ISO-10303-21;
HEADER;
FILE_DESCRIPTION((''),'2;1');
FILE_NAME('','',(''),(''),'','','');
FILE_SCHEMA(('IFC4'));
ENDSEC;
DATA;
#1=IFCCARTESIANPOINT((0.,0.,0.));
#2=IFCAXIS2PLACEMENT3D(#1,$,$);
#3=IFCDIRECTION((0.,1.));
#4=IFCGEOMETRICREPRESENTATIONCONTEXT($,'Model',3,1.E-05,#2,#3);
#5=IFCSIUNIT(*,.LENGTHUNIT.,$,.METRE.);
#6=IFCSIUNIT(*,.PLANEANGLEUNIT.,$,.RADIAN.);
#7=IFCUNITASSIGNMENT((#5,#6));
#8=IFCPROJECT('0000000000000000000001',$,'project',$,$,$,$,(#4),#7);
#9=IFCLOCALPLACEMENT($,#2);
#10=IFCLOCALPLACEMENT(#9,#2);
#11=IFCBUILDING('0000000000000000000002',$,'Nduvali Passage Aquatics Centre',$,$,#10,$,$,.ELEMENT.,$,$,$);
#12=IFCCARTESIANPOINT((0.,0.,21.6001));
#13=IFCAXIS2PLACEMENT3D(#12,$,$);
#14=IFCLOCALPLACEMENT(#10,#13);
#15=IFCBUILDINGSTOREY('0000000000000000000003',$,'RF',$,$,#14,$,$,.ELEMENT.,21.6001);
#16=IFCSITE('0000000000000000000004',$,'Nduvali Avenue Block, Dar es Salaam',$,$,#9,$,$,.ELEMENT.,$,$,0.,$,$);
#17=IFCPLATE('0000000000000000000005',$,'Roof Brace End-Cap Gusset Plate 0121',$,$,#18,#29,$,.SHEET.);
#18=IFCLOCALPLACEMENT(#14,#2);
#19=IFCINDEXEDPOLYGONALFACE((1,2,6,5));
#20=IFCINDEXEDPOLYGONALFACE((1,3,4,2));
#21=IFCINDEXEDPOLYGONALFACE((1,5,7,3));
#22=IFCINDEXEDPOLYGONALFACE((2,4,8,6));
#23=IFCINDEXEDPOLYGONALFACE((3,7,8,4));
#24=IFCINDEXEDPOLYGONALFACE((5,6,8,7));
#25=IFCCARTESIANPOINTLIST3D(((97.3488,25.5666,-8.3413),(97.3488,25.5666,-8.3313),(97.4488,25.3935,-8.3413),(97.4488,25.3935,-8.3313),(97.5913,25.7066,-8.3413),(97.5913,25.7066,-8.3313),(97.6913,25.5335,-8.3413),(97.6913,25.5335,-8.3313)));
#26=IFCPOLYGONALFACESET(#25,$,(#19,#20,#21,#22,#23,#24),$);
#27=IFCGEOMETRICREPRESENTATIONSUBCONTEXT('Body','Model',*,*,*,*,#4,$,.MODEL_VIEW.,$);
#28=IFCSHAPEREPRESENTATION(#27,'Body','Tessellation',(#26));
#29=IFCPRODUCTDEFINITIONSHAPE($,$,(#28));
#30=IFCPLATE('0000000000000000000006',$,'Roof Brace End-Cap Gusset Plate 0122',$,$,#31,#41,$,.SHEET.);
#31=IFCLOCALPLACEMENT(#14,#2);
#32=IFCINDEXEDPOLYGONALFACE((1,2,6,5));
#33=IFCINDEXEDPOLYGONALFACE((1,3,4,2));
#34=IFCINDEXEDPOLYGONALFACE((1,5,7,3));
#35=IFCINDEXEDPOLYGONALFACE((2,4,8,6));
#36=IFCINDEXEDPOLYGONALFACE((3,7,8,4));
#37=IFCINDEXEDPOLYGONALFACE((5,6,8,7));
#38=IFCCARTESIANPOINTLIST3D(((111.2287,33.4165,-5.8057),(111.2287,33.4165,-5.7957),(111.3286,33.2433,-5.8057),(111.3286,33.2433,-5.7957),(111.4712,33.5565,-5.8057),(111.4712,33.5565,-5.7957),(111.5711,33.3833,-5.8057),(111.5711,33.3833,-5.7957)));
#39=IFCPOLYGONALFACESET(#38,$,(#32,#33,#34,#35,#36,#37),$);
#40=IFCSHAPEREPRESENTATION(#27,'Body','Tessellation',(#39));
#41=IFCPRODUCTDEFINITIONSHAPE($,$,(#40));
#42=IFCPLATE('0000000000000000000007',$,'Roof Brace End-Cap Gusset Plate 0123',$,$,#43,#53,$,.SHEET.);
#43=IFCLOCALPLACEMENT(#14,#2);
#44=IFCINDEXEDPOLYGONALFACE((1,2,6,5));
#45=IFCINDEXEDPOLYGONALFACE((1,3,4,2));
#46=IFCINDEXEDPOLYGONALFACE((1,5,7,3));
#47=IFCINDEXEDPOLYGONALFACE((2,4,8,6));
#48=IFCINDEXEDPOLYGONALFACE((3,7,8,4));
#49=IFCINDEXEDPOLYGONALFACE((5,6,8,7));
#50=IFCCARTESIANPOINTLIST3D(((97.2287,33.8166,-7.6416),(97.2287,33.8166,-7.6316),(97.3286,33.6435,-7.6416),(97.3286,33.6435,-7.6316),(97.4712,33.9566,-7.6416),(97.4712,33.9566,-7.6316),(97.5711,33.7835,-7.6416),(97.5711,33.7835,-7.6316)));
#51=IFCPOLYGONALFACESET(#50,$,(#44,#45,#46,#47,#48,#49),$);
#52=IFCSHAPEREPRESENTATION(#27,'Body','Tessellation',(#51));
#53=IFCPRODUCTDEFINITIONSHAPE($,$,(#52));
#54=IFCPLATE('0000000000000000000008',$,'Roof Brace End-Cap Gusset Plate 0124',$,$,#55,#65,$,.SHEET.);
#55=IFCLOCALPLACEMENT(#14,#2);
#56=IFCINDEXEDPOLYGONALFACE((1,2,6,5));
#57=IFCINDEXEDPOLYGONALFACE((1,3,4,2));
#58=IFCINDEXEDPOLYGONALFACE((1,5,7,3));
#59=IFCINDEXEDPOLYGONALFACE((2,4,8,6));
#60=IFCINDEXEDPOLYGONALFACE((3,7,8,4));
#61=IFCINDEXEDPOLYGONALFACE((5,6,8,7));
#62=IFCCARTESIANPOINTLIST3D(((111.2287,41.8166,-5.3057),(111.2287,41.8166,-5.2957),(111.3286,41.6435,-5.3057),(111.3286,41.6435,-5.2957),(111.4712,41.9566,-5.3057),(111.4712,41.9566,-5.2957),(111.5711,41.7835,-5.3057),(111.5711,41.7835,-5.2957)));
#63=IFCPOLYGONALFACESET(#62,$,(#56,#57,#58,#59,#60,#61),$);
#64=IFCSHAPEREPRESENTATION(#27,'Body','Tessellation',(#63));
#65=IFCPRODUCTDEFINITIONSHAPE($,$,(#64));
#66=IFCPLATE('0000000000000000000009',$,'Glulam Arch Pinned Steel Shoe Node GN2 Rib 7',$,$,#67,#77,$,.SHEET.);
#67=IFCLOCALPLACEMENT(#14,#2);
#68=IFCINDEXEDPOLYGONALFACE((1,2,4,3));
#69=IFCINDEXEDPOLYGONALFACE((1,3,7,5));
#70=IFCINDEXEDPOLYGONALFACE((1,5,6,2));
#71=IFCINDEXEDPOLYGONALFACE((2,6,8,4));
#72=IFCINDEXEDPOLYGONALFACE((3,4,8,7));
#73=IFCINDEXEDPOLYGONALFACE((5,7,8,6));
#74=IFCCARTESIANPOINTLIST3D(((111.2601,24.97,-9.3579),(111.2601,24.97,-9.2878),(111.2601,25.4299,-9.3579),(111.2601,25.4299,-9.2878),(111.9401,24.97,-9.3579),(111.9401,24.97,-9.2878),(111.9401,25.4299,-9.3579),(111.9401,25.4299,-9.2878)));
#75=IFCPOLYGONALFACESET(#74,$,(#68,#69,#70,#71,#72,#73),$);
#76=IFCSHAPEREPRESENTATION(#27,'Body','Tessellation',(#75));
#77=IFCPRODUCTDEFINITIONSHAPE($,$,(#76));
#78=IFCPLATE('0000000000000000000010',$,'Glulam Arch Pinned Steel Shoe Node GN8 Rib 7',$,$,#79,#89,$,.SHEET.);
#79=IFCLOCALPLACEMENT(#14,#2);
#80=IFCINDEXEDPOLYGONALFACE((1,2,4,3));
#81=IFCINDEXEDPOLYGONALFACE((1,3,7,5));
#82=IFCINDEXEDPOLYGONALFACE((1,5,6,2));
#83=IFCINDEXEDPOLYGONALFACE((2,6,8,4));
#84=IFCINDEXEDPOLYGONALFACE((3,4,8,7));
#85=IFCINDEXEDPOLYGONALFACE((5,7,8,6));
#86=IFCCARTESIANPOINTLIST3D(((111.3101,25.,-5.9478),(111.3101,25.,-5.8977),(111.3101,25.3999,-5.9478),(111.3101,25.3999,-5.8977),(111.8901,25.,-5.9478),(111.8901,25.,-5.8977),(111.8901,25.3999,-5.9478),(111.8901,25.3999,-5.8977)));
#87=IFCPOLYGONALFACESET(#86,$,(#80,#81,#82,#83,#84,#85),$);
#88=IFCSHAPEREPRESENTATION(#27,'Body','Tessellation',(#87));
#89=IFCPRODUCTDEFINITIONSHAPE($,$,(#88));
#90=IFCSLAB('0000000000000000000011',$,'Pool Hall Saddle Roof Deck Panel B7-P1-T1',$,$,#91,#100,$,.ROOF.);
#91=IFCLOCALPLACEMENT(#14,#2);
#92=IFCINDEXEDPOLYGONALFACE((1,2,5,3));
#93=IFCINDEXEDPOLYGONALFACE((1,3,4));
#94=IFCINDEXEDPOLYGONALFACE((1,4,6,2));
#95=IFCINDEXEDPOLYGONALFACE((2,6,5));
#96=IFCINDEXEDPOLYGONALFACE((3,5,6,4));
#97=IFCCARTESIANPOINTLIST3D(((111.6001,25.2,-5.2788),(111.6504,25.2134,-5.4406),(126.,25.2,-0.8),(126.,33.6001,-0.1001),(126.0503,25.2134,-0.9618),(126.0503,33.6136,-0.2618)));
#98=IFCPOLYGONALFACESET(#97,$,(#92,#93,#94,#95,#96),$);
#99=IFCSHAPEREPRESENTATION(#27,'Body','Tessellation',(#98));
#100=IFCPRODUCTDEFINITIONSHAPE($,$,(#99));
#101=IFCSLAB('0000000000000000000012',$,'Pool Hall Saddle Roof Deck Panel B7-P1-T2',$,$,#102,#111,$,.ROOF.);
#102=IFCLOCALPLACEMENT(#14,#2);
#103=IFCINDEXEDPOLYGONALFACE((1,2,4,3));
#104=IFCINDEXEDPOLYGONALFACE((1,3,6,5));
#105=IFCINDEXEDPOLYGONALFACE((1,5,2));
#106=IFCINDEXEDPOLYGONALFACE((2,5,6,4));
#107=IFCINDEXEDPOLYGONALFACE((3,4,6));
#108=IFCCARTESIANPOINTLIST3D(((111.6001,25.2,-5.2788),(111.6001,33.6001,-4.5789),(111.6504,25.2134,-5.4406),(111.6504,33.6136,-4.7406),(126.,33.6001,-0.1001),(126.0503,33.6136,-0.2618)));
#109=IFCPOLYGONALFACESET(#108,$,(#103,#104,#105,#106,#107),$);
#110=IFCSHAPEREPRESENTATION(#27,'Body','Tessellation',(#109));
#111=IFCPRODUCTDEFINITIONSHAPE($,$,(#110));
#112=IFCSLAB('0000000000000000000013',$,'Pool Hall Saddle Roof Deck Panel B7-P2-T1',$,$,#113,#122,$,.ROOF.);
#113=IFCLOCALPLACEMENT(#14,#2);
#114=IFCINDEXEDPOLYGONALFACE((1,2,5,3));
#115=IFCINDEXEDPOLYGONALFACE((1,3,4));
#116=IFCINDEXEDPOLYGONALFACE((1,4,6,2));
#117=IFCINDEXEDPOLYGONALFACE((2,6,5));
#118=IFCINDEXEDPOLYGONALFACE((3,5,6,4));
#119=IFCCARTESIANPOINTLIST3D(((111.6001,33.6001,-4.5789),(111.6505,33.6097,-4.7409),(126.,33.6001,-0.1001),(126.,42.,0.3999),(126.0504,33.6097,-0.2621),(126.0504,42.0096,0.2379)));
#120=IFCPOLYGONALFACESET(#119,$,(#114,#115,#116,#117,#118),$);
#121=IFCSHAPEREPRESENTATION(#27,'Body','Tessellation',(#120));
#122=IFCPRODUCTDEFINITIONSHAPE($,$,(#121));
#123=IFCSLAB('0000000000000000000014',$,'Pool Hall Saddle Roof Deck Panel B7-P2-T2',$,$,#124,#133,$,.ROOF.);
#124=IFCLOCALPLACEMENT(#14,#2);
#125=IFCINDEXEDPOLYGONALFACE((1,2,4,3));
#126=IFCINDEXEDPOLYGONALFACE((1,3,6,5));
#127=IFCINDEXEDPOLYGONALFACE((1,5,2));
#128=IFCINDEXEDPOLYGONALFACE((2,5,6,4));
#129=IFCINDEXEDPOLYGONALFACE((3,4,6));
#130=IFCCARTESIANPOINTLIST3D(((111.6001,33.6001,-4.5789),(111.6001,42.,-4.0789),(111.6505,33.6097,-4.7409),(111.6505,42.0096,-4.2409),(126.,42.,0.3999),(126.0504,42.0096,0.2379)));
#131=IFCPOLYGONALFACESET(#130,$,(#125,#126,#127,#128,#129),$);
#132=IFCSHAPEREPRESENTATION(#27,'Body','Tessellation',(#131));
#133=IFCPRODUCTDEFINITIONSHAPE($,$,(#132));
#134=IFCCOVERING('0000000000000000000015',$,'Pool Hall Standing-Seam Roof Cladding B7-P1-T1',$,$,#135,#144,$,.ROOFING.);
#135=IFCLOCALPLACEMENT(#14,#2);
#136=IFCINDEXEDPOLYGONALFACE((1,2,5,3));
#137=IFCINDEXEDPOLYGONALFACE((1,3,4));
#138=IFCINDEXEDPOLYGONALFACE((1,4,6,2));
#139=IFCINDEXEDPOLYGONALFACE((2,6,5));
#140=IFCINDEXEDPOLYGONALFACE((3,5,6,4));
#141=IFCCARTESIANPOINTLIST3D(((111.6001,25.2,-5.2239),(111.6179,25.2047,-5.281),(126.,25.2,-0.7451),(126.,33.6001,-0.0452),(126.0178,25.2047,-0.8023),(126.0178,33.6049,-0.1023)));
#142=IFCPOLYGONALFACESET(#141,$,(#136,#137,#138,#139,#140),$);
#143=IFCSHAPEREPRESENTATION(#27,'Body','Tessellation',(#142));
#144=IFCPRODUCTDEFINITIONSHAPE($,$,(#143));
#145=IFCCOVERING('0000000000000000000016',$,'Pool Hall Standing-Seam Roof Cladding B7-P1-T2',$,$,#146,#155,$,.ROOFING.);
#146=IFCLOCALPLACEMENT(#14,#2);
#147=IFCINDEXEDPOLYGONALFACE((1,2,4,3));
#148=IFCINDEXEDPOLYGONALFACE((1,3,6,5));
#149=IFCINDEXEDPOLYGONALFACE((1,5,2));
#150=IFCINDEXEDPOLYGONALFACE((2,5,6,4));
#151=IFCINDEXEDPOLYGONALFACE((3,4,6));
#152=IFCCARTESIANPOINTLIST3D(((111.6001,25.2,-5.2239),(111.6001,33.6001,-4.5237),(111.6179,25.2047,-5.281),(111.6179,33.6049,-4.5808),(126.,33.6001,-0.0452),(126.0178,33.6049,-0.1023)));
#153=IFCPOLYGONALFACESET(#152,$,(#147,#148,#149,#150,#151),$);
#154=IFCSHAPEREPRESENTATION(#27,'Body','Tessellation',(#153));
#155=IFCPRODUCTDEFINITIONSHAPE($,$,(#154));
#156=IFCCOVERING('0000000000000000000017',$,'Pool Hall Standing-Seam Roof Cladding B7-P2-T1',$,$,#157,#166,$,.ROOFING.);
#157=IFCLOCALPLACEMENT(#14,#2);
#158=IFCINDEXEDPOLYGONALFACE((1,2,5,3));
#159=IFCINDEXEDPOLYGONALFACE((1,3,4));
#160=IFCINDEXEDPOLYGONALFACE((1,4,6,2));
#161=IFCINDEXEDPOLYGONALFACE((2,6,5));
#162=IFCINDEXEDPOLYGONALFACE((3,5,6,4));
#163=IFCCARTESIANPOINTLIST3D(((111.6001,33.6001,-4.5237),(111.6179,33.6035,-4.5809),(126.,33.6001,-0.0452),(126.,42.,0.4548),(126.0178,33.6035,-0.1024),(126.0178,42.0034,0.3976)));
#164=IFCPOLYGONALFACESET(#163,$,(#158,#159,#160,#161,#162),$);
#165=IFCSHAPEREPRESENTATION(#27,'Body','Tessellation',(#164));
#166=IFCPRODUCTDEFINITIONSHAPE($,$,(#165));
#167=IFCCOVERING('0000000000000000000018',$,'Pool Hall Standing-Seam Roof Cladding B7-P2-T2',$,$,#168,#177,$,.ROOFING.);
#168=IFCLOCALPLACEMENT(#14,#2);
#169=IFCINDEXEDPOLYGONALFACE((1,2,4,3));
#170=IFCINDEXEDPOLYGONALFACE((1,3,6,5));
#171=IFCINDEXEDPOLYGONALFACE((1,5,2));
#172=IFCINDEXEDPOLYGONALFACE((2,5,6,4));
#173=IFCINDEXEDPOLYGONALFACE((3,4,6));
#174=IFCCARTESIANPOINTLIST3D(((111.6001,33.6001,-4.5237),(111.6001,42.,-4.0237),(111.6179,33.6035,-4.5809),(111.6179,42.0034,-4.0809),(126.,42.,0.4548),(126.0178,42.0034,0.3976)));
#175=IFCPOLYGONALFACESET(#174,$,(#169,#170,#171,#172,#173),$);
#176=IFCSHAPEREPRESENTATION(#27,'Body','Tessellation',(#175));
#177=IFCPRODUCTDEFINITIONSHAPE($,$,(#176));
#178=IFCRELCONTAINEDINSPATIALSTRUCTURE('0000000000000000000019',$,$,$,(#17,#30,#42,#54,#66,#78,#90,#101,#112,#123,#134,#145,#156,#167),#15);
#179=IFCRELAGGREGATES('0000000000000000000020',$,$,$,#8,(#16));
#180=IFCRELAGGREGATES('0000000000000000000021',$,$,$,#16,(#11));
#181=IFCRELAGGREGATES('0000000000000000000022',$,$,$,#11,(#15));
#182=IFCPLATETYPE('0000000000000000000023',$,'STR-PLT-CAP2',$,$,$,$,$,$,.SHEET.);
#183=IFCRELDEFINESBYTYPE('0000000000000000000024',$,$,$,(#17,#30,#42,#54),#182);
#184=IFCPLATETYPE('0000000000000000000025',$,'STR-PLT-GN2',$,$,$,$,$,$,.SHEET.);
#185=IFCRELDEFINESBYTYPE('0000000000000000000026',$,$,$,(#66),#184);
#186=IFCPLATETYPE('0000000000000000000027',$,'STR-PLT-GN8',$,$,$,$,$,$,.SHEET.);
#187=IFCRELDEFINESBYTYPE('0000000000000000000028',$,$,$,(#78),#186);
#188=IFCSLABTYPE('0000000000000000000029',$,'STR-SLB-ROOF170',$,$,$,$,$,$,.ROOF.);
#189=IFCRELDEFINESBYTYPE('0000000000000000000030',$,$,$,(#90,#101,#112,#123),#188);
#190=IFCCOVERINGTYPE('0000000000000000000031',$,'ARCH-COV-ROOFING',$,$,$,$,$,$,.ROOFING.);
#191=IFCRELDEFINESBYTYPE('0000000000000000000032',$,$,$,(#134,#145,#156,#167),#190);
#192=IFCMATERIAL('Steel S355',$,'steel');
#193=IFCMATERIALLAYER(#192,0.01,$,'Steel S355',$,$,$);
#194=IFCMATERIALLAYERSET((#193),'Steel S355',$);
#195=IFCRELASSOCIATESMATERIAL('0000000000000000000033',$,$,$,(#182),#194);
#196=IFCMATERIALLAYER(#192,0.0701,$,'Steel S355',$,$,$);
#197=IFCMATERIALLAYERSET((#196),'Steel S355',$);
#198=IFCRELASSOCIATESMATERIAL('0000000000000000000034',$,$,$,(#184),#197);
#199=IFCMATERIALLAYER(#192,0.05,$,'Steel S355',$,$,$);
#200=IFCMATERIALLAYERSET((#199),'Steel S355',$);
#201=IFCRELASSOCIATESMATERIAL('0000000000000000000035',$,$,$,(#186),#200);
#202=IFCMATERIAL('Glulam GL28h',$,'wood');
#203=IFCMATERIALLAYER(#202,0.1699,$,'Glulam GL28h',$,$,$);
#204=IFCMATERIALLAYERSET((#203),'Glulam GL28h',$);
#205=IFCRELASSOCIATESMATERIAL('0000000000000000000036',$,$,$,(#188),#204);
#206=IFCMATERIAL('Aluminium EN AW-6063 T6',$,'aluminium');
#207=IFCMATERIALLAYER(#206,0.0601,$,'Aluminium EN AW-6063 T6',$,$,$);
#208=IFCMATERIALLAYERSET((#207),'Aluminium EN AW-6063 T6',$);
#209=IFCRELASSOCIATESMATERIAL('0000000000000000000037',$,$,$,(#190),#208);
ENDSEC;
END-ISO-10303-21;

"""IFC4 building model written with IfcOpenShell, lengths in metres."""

from ifc_helpers import new_model, si_unit, direction, frame, origin, origin_2d, place, context, subcontext, project, spatial, polyline, rectangle, outline, extrude, material, layer, layer_set, type_object, element, save


model = new_model("IFC4")

# Units and contexts
model_context = context("Model", 3, precision=1e-05, world=origin(), true_north=direction((0.0, 1.0)))
body_context = subcontext(model_context, "Body", "Model", "MODEL_VIEW")
ifc_project = project(units=[si_unit("LENGTHUNIT", "METRE"), si_unit("PLANEANGLEUNIT", "RADIAN")], contexts=[model_context])

# Site, building, storey
site_placement = place(None, origin())
site = spatial("IfcSite", under=ifc_project, at=site_placement, Name="Nduvali Avenue Block, Dar es Salaam", CompositionType="ELEMENT", RefElevation=0.0)
building_placement = place(site_placement, origin())
building = spatial("IfcBuilding", under=site, at=building_placement, Name="Nduvali Passage Aquatics Centre", CompositionType="ELEMENT")
storey_placement = place(building_placement, frame((0.0, 0.0, 21.6001)))
storey = spatial("IfcBuildingStorey", under=building, at=storey_placement, Name="RF", CompositionType="ELEMENT", Elevation=21.6001)

# Shared definitions
ifc_material_1 = material(Name="Steel S355", Category="steel")
ifc_material_2 = material(Name="Glulam GL28h", Category="wood")

# Plates
ifc_layer_1 = layer(ifc_material_1, 0.01, Name="Steel S355")
ifc_layer_set_1 = layer_set([ifc_layer_1], Name="Steel S355")
plate_type_1 = type_object("IfcPlateType", Name="STR-PLT-CAP2", PredefinedType="SHEET", material=ifc_layer_set_1)
for number, where, z_axis, x_axis, name in (
    (1, (97.52, 25.55, -8.3413), (0.0, 0.0, 1.0), (0.866025, 0.5, 0.0), "Roof Brace End-Cap Gusset Plate 0121"),
    (2, (111.3999, 33.3999, -5.8057), (0.0, 0.0, 1.0), (0.866025, 0.5, 0.0), "Roof Brace End-Cap Gusset Plate 0122"),
    (3, (97.3999, 33.8, -7.6416), (0.0, 0.0, 1.0), (0.866025, 0.5, 0.0), "Roof Brace End-Cap Gusset Plate 0123"),
    (4, (111.3999, 41.8, -5.3057), (0.0, 0.0, 1.0), (0.866025, 0.5, 0.0), "Roof Brace End-Cap Gusset Plate 0124"),
):
    element("IfcPlate", number, at=place(storey_placement, frame(where, z_axis=z_axis, x_axis=x_axis)), inside=storey, type_object=plate_type_1, Name=name, PredefinedType="SHEET", context=body_context, shape_type="SweptSolid", body=[
        extrude(rectangle(XDim=0.28, YDim=0.2, at=origin_2d()), origin(), (0.0, 0.0, 1.0), 0.01),
    ])
ifc_layer_2 = layer(ifc_material_1, 0.0701, Name="Steel S355")
ifc_layer_set_2 = layer_set([ifc_layer_2], Name="Steel S355")
plate_type_2 = type_object("IfcPlateType", Name="STR-PLT-GN2", PredefinedType="SHEET", material=ifc_layer_set_2)
plate_1_placement = place(storey_placement, frame((111.6001, 25.2, -9.3579), z_axis=(0.0, 0.0, 1.0), x_axis=(1.0, 0.0, 0.0)))
element("IfcPlate", 5, at=plate_1_placement, inside=storey, type_object=plate_type_2, Name="Glulam Arch Pinned Steel Shoe Node GN2 Rib 7", PredefinedType="SHEET", context=body_context, shape_type="SweptSolid", body=[
    extrude(rectangle(XDim=0.6799, YDim=0.46, at=origin_2d()), origin(), (0.0, 0.0, 1.0), 0.0701),
])
ifc_layer_3 = layer(ifc_material_1, 0.05, Name="Steel S355")
ifc_layer_set_3 = layer_set([ifc_layer_3], Name="Steel S355")
plate_type_3 = type_object("IfcPlateType", Name="STR-PLT-GN8", PredefinedType="SHEET", material=ifc_layer_set_3)
plate_2_placement = place(storey_placement, frame((111.6001, 25.2, -5.9478), z_axis=(0.0, 0.0, 1.0), x_axis=(1.0, 0.0, 0.0)))
element("IfcPlate", 6, at=plate_2_placement, inside=storey, type_object=plate_type_3, Name="Glulam Arch Pinned Steel Shoe Node GN8 Rib 7", PredefinedType="SHEET", context=body_context, shape_type="SweptSolid", body=[
    extrude(rectangle(XDim=0.5801, YDim=0.3999, at=origin_2d()), origin(), (0.0, 0.0, 1.0), 0.05),
])

# Slabs
ifc_layer_4 = layer(ifc_material_2, 0.1699, Name="Glulam GL28h")
ifc_layer_set_4 = layer_set([ifc_layer_4], Name="Glulam GL28h")
slab_type = type_object("IfcSlabType", Name="STR-SLB-ROOF170", PredefinedType="ROOF", material=ifc_layer_set_4)
slab_1_placement = place(storey_placement, frame((111.6001, 25.2, -5.2788), z_axis=(-0.296058, -0.079316, 0.951871), x_axis=(0.95488, 0.0, 0.296993)))
element("IfcSlab", 7, at=slab_1_placement, inside=storey, type_object=slab_type, Name="Pool Hall Saddle Roof Deck Panel B7-P1-T1", PredefinedType="ROOF", context=body_context, shape_type="SweptSolid", body=[
    extrude(outline(polyline([(0.0, 0.0), (15.0803, 0.0), (15.2882, 8.4267), (0.0, 0.0)])), origin(), (0.0, 0.0, -1.0), 0.1699),
])
slab_2_placement = place(storey_placement, frame((111.6001, 25.2, -5.2788), z_axis=(-0.296058, -0.079316, 0.951871), x_axis=(0.824889, 0.481197, 0.296659)))
element("IfcSlab", 8, at=slab_2_placement, inside=storey, type_object=slab_type, Name="Pool Hall Saddle Roof Deck Panel B7-P1-T2", PredefinedType="ROOF", context=body_context, shape_type="SweptSolid", body=[
    extrude(outline(polyline([(0.0, 0.0), (17.4568, 0.0), (4.2498, 7.2795), (0.0, 0.0)])), origin(), (0.0, 0.0, -1.0), 0.1699),
])
slab_3_placement = place(storey_placement, frame((111.6001, 33.6001, -4.5789), z_axis=(-0.296515, -0.056747, 0.953341), x_axis=(0.95488, 0.0, 0.296993)))
element("IfcSlab", 9, at=slab_3_placement, inside=storey, type_object=slab_type, Name="Pool Hall Saddle Roof Deck Panel B7-P2-T1", PredefinedType="ROOF", context=body_context, shape_type="SweptSolid", body=[
    extrude(outline(polyline([(0.0, 0.0), (15.0803, 0.0), (15.2288, 8.4135), (0.0, 0.0)])), origin(), (0.0, 0.0, -1.0), 0.1699),
])
slab_4_placement = place(storey_placement, frame((111.6001, 33.6001, -4.5789), z_axis=(-0.296515, -0.056747, 0.953341), x_axis=(0.827658, 0.482798, 0.286162)))
element("IfcSlab", 10, at=slab_4_placement, inside=storey, type_object=slab_type, Name="Pool Hall Saddle Roof Deck Panel B7-P2-T2", PredefinedType="ROOF", context=body_context, shape_type="SweptSolid", body=[
    extrude(outline(polyline([(0.0, 0.0), (17.3984, 0.0), (4.1985, 7.2925), (0.0, 0.0)])), origin(), (0.0, 0.0, -1.0), 0.1699),
])

# Coverings
ifc_material_3 = material(Name="Aluminium EN AW-6063 T6", Category="aluminium")
ifc_layer_5 = layer(ifc_material_3, 0.0601, Name="Aluminium EN AW-6063 T6")
ifc_layer_set_5 = layer_set([ifc_layer_5], Name="Aluminium EN AW-6063 T6")
covering_type = type_object("IfcCoveringType", Name="ARCH-COV-ROOFING", PredefinedType="ROOFING", material=ifc_layer_set_5)
covering_1_placement = place(storey_placement, frame((111.6001, 25.2, -5.2239), z_axis=(-0.296058, -0.079316, 0.951871), x_axis=(0.95488, 0.0, 0.296993)))
element("IfcCovering", 11, at=covering_1_placement, inside=storey, type_object=covering_type, Name="Pool Hall Standing-Seam Roof Cladding B7-P1-T1", PredefinedType="ROOFING", context=body_context, shape_type="SweptSolid", body=[
    extrude(outline(polyline([(0.0, 0.0), (15.0803, 0.0), (15.2882, 8.4267), (0.0, 0.0)])), origin(), (0.0, 0.0, -1.0), 0.0601),
])
covering_2_placement = place(storey_placement, frame((111.6001, 25.2, -5.2239), z_axis=(-0.296042, -0.079344, 0.951874), x_axis=(0.824889, 0.481197, 0.296659)))
element("IfcCovering", 12, at=covering_2_placement, inside=storey, type_object=covering_type, Name="Pool Hall Standing-Seam Roof Cladding B7-P1-T2", PredefinedType="ROOFING", context=body_context, shape_type="SweptSolid", body=[
    extrude(outline(polyline([(0.0, 0.0), (17.4568, 0.0), (4.2498, 7.2795), (0.0, 0.0)])), origin(), (0.0, 0.0, -1.0), 0.0601),
])
covering_3_placement = place(storey_placement, frame((111.6001, 33.6001, -4.5237), z_axis=(-0.2965, -0.056747, 0.953345), x_axis=(0.954884, 0.0, 0.296979)))
element("IfcCovering", 13, at=covering_3_placement, inside=storey, type_object=covering_type, Name="Pool Hall Standing-Seam Roof Cladding B7-P2-T1", PredefinedType="ROOFING", context=body_context, shape_type="SweptSolid", body=[
    extrude(outline(polyline([(0.0, 0.0), (15.0803, 0.0), (15.2288, 8.4135), (0.0, 0.0)])), origin(), (0.0, 0.0, -1.0), 0.0601),
])
covering_4_placement = place(storey_placement, frame((111.6001, 33.6001, -4.5237), z_axis=(-0.2965, -0.056747, 0.953345), x_axis=(0.827661, 0.4828, 0.286149)))
element("IfcCovering", 14, at=covering_4_placement, inside=storey, type_object=covering_type, Name="Pool Hall Standing-Seam Roof Cladding B7-P2-T2", PredefinedType="ROOFING", context=body_context, shape_type="SweptSolid", body=[
    extrude(outline(polyline([(0.0, 0.0), (17.3983, 0.0), (4.1985, 7.2925), (0.0, 0.0)])), origin(), (0.0, 0.0, -1.0), 0.0601),
])

save(model, "model.ifc")
